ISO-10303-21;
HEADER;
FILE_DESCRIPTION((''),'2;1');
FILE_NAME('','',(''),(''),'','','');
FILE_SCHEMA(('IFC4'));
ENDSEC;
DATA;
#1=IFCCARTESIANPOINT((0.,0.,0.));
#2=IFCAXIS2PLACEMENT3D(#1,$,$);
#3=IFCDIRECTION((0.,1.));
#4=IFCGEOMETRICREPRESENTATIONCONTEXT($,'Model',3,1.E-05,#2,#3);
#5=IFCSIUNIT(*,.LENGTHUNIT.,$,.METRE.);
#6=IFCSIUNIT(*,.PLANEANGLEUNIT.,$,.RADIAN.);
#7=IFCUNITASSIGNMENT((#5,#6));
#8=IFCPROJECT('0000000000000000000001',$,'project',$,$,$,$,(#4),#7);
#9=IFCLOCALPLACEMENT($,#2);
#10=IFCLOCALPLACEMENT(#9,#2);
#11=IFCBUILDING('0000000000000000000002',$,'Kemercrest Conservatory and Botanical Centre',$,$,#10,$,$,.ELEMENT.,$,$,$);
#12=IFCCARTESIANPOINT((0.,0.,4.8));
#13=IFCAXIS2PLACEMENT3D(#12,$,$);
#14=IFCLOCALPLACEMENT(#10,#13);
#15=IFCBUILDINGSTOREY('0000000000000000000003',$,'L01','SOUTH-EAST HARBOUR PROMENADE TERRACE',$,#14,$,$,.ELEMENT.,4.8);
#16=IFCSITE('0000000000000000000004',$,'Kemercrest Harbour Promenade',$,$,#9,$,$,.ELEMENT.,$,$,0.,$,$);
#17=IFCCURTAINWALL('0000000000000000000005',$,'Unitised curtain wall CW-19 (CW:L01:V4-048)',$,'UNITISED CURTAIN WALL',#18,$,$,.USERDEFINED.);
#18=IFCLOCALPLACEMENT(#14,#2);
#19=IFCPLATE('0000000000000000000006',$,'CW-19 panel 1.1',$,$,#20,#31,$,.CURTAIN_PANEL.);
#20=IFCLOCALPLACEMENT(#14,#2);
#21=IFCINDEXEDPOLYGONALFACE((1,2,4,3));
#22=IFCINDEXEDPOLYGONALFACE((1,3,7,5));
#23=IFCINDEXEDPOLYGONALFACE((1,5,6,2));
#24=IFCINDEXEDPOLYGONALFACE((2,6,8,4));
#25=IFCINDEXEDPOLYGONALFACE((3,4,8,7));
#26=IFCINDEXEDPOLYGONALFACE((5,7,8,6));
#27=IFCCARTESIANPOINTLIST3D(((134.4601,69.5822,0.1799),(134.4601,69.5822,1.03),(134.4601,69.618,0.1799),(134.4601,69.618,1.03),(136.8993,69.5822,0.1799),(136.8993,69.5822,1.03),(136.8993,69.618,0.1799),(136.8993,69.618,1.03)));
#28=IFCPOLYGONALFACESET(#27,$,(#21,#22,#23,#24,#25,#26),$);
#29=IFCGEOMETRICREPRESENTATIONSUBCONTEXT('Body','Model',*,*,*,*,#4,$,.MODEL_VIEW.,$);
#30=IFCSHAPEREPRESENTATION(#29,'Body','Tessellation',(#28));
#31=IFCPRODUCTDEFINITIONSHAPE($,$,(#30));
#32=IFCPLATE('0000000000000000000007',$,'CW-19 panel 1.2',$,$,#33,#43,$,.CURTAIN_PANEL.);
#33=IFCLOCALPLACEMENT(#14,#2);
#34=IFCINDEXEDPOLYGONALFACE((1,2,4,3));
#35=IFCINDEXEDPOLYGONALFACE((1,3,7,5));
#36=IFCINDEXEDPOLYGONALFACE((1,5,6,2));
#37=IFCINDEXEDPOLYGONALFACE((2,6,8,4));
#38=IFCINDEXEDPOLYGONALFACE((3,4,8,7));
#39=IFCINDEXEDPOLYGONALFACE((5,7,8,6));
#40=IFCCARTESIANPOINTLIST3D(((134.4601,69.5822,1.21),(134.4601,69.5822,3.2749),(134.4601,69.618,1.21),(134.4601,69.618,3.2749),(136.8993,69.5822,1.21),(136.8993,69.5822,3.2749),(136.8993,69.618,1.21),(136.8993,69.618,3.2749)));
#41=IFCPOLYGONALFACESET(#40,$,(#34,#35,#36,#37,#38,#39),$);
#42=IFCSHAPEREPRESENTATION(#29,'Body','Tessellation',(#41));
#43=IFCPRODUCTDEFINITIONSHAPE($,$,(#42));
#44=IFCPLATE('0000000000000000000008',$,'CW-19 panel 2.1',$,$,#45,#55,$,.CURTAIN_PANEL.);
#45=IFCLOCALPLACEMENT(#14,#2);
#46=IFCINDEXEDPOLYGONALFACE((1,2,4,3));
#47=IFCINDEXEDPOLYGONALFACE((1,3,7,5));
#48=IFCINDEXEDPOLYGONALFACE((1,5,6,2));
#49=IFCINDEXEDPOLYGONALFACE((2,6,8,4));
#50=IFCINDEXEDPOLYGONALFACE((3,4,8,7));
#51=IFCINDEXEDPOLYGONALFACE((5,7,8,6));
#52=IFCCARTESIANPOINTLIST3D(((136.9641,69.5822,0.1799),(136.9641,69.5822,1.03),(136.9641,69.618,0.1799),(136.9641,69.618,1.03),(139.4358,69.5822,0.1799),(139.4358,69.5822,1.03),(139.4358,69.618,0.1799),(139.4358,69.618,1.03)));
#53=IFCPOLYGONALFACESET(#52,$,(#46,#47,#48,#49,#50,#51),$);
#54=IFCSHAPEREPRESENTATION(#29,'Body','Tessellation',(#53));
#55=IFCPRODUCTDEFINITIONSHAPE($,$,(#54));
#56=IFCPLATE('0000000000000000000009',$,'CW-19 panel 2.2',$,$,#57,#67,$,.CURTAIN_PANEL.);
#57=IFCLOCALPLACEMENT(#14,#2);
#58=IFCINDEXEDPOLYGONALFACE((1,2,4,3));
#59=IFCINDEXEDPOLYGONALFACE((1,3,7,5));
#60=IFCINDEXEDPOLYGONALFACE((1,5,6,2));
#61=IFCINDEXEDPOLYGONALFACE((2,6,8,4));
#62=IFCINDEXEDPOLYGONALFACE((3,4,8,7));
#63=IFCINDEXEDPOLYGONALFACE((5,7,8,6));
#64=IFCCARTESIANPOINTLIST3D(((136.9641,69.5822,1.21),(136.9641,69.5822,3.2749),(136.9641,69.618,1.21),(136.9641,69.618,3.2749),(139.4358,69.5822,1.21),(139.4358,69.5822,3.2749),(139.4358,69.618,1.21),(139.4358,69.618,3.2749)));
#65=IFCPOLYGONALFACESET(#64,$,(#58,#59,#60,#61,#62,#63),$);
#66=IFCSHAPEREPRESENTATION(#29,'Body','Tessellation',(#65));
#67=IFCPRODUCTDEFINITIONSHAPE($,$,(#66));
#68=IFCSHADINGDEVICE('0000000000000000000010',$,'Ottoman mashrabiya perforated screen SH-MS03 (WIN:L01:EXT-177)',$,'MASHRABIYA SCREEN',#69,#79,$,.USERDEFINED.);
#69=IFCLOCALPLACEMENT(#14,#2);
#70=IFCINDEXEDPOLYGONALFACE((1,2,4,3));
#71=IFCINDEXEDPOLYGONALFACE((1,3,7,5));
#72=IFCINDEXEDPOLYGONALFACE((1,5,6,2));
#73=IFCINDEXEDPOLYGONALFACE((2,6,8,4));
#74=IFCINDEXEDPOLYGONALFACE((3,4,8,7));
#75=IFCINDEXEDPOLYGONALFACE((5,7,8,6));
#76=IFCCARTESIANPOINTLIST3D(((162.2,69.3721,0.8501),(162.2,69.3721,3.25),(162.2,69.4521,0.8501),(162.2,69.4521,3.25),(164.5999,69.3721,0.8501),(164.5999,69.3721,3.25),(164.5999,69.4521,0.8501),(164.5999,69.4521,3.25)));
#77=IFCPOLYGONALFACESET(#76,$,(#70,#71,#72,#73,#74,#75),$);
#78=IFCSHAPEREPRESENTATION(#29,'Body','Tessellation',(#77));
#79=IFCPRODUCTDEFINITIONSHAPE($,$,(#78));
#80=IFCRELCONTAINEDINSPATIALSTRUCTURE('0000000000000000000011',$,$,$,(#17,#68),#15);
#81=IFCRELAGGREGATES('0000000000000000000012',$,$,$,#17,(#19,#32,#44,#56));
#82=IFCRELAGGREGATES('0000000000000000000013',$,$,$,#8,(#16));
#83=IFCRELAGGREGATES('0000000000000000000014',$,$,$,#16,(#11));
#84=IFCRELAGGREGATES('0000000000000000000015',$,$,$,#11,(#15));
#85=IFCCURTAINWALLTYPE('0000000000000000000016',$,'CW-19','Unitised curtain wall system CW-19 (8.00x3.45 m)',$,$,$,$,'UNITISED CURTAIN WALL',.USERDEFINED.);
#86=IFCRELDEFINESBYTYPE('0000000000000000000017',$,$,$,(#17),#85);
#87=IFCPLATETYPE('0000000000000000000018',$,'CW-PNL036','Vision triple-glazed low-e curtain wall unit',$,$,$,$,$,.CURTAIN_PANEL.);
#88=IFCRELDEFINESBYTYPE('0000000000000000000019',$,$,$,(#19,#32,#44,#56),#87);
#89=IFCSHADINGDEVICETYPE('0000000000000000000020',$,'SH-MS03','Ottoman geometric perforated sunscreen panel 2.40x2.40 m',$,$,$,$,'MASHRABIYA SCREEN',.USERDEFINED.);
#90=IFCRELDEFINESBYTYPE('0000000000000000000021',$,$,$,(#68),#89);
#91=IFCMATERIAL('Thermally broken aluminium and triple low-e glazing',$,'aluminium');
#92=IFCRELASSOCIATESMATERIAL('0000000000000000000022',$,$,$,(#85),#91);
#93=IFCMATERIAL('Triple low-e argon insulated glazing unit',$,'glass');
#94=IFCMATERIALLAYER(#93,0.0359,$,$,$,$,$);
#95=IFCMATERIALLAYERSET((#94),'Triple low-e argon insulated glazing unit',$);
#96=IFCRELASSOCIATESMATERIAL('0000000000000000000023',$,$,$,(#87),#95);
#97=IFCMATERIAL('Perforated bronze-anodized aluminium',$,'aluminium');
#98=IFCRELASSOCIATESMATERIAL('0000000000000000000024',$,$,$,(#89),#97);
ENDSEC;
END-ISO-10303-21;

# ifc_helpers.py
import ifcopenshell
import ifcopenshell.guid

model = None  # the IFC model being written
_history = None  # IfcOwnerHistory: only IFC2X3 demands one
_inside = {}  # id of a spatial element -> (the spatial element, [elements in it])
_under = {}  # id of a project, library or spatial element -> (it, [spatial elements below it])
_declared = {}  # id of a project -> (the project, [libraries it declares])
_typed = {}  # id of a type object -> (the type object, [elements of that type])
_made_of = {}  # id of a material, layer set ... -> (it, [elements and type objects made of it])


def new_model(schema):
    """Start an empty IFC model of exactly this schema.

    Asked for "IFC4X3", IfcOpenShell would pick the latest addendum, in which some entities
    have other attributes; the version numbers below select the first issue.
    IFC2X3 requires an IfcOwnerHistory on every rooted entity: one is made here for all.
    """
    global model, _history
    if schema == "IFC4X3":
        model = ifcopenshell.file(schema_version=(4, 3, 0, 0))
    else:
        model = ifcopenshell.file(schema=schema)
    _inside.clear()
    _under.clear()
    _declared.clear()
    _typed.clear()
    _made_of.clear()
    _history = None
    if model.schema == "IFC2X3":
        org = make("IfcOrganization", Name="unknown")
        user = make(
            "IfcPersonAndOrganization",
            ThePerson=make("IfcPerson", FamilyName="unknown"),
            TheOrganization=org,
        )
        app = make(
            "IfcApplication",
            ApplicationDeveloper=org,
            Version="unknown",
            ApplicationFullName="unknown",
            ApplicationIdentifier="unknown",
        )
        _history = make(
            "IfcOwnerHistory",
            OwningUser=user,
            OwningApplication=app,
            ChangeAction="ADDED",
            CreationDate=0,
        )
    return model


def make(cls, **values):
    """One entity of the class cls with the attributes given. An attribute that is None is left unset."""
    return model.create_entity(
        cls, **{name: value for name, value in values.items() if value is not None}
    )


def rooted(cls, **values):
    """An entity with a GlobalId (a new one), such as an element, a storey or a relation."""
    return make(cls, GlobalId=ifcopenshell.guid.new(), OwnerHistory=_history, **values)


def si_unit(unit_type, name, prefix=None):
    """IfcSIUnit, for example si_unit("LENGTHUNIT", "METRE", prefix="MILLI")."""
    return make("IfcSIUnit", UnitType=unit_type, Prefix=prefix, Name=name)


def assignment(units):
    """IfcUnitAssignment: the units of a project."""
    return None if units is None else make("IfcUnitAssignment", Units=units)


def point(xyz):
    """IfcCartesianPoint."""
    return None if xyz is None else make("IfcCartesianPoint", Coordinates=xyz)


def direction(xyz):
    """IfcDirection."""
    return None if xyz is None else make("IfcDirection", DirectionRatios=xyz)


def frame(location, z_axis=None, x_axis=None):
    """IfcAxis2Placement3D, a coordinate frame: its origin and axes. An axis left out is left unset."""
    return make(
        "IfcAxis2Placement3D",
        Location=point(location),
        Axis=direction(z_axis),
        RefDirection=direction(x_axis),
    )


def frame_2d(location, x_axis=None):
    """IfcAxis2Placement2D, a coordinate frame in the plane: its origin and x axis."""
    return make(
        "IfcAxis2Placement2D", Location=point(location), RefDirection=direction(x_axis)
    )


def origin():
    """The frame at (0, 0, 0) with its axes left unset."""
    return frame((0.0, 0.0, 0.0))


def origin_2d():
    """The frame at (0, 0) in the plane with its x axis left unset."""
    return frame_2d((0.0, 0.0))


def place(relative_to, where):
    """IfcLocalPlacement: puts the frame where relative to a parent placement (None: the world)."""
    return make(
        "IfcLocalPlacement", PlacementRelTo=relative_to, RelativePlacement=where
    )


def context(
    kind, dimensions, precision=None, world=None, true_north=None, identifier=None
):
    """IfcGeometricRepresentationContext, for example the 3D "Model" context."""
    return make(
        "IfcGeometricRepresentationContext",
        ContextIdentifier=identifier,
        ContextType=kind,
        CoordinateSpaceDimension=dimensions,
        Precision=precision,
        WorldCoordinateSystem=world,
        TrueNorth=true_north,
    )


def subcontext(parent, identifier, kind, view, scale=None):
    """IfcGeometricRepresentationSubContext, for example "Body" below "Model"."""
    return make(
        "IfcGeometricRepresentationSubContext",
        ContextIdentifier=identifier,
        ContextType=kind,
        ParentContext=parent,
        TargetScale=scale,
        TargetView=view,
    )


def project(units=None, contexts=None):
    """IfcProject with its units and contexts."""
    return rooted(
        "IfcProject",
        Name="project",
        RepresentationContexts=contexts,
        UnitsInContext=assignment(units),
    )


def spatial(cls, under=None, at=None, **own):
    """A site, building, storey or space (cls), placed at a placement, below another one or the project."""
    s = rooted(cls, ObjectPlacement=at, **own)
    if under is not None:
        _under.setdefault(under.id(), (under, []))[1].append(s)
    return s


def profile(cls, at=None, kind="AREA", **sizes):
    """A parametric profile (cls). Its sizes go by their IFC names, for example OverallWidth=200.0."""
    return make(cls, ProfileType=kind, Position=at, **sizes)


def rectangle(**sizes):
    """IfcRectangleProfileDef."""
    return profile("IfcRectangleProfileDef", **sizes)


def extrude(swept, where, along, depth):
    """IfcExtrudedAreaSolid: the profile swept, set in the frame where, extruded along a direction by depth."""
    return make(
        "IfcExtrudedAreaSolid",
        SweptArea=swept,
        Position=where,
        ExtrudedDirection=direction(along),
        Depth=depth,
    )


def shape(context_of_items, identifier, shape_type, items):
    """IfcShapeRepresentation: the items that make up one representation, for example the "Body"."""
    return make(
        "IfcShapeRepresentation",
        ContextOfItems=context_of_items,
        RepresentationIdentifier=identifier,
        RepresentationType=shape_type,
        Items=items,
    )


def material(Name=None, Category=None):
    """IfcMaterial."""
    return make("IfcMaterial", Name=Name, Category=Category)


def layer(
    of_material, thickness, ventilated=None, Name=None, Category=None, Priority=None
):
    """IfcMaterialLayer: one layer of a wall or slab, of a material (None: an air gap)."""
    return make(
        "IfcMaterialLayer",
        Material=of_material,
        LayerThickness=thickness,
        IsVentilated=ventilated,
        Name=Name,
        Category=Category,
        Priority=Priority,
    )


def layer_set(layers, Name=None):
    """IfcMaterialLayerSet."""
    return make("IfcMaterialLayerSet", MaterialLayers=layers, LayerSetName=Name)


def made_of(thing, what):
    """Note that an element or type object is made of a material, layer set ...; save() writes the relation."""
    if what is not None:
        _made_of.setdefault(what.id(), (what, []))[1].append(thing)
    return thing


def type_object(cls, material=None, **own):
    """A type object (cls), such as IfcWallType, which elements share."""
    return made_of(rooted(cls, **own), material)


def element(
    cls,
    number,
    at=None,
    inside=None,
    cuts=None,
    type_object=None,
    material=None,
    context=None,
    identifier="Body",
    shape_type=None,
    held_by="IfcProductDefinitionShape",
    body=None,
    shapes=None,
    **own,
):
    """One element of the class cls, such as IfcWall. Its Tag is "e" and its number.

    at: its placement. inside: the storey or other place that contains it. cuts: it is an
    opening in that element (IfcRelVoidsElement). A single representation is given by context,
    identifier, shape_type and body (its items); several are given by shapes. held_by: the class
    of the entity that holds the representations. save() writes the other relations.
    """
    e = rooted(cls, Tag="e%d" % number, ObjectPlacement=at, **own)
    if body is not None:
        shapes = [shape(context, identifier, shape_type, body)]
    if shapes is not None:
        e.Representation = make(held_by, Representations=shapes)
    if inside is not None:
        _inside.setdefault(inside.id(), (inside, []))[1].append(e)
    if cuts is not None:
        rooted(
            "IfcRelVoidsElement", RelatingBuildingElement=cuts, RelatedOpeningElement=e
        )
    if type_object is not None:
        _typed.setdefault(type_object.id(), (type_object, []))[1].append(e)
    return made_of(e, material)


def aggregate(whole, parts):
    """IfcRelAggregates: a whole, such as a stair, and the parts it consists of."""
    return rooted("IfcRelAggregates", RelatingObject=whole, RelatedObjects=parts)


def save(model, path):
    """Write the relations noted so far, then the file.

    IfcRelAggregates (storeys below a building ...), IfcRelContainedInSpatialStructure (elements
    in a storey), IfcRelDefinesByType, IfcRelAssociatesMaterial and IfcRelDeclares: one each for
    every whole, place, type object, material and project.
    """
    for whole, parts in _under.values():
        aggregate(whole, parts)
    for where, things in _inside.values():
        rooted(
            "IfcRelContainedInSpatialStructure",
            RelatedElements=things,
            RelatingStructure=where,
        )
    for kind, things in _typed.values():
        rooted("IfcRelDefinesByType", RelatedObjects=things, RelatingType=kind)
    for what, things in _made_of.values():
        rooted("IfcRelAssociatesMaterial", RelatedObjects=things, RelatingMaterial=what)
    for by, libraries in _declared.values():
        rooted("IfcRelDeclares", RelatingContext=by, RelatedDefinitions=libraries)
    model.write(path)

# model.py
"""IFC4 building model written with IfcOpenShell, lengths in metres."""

from ifc_helpers import new_model, si_unit, direction, frame, origin, origin_2d, place, context, subcontext, project, spatial, rectangle, extrude, material, layer, layer_set, type_object, element, aggregate, save


model = new_model("IFC4")

# Units and contexts
model_context = context("Model", 3, precision=1e-05, world=origin(), true_north=direction((0.0, 1.0)))
body_context = subcontext(model_context, "Body", "Model", "MODEL_VIEW")
ifc_project = project(units=[si_unit("LENGTHUNIT", "METRE"), si_unit("PLANEANGLEUNIT", "RADIAN")], contexts=[model_context])

# Site, building, storey
site_placement = place(None, origin())
site = spatial("IfcSite", under=ifc_project, at=site_placement, Name="Kemercrest Harbour Promenade", CompositionType="ELEMENT", RefElevation=0.0)
building_placement = place(site_placement, origin())
building = spatial("IfcBuilding", under=site, at=building_placement, Name="Kemercrest Conservatory and Botanical Centre", CompositionType="ELEMENT")
storey_placement = place(building_placement, frame((0.0, 0.0, 4.8)))
storey = spatial("IfcBuildingStorey", under=building, at=storey_placement, Name="L01", Description="SOUTH-EAST HARBOUR PROMENADE TERRACE", CompositionType="ELEMENT", Elevation=4.8)

# Curtain wall
ifc_material_1 = material(Name="Thermally broken aluminium and triple low-e glazing", Category="aluminium")
curtain_wall_type = type_object("IfcCurtainWallType", Name="CW-19", Description="Unitised curtain wall system CW-19 (8.00x3.45 m)", ElementType="UNITISED CURTAIN WALL", PredefinedType="USERDEFINED", material=ifc_material_1)
curtain_wall_placement = place(storey_placement, origin())
curtain_wall = element("IfcCurtainWall", 1, at=curtain_wall_placement, inside=storey, type_object=curtain_wall_type, Name="Unitised curtain wall CW-19 (CW:L01:V4-048)", ObjectType="UNITISED CURTAIN WALL", PredefinedType="USERDEFINED")

# Plates
ifc_material_2 = material(Name="Triple low-e argon insulated glazing unit", Category="glass")
ifc_layer = layer(ifc_material_2, 0.0359)
ifc_layer_set = layer_set([ifc_layer], Name="Triple low-e argon insulated glazing unit")
plate_type = type_object("IfcPlateType", Name="CW-PNL036", Description="Vision triple-glazed low-e curtain wall unit", PredefinedType="CURTAIN_PANEL", material=ifc_layer_set)
plate_1_placement = place(storey_placement, frame((135.6797, 69.6001, 0.1799), z_axis=(0.0, 0.0, 1.0), x_axis=(1.0, 0.0, 0.0)))
plate_1 = element("IfcPlate", 2, at=plate_1_placement, type_object=plate_type, Name="CW-19 panel 1.1", PredefinedType="CURTAIN_PANEL", context=body_context, shape_type="SweptSolid", body=[
    extrude(rectangle(XDim=2.4392, YDim=0.0359, at=origin_2d()), origin(), (0.0, 0.0, 1.0), 0.8501),
])
plate_2_placement = place(storey_placement, frame((135.6797, 69.6001, 1.21), z_axis=(0.0, 0.0, 1.0), x_axis=(1.0, 0.0, 0.0)))
plate_2 = element("IfcPlate", 3, at=plate_2_placement, type_object=plate_type, Name="CW-19 panel 1.2", PredefinedType="CURTAIN_PANEL", context=body_context, shape_type="SweptSolid", body=[
    extrude(rectangle(XDim=2.4392, YDim=0.0359, at=origin_2d()), origin(), (0.0, 0.0, 1.0), 2.0649),
])
plate_3_placement = place(storey_placement, frame((138.2, 69.6001, 0.1799), z_axis=(0.0, 0.0, 1.0), x_axis=(1.0, 0.0, 0.0)))
plate_3 = element("IfcPlate", 4, at=plate_3_placement, type_object=plate_type, Name="CW-19 panel 2.1", PredefinedType="CURTAIN_PANEL", context=body_context, shape_type="SweptSolid", body=[
    extrude(rectangle(XDim=2.4717, YDim=0.0359, at=origin_2d()), origin(), (0.0, 0.0, 1.0), 0.8501),
])
plate_4_placement = place(storey_placement, frame((138.2, 69.6001, 1.21), z_axis=(0.0, 0.0, 1.0), x_axis=(1.0, 0.0, 0.0)))
plate_4 = element("IfcPlate", 5, at=plate_4_placement, type_object=plate_type, Name="CW-19 panel 2.2", PredefinedType="CURTAIN_PANEL", context=body_context, shape_type="SweptSolid", body=[
    extrude(rectangle(XDim=2.4717, YDim=0.0359, at=origin_2d()), origin(), (0.0, 0.0, 1.0), 2.0649),
])
aggregate(curtain_wall, [plate_1, plate_2, plate_3, plate_4])

# Shading device
ifc_material_3 = material(Name="Perforated bronze-anodized aluminium", Category="aluminium")
shading_device_type = type_object("IfcShadingDeviceType", Name="SH-MS03", Description="Ottoman geometric perforated sunscreen panel 2.40x2.40 m", ElementType="MASHRABIYA SCREEN", PredefinedType="USERDEFINED", material=ifc_material_3)
shading_device_placement = place(storey_placement, frame((163.3999, 69.4121, 0.8501), z_axis=(0.0, 0.0, 1.0), x_axis=(1.0, 0.0, 0.0)))
element("IfcShadingDevice", 6, at=shading_device_placement, inside=storey, type_object=shading_device_type, Name="Ottoman mashrabiya perforated screen SH-MS03 (WIN:L01:EXT-177)", ObjectType="MASHRABIYA SCREEN", PredefinedType="USERDEFINED", context=body_context, shape_type="SweptSolid", body=[
    extrude(rectangle(XDim=2.3999, YDim=0.0801, at=origin_2d()), origin(), (0.0, 0.0, 1.0), 2.3999),
])

save(model, "model.ifc")
